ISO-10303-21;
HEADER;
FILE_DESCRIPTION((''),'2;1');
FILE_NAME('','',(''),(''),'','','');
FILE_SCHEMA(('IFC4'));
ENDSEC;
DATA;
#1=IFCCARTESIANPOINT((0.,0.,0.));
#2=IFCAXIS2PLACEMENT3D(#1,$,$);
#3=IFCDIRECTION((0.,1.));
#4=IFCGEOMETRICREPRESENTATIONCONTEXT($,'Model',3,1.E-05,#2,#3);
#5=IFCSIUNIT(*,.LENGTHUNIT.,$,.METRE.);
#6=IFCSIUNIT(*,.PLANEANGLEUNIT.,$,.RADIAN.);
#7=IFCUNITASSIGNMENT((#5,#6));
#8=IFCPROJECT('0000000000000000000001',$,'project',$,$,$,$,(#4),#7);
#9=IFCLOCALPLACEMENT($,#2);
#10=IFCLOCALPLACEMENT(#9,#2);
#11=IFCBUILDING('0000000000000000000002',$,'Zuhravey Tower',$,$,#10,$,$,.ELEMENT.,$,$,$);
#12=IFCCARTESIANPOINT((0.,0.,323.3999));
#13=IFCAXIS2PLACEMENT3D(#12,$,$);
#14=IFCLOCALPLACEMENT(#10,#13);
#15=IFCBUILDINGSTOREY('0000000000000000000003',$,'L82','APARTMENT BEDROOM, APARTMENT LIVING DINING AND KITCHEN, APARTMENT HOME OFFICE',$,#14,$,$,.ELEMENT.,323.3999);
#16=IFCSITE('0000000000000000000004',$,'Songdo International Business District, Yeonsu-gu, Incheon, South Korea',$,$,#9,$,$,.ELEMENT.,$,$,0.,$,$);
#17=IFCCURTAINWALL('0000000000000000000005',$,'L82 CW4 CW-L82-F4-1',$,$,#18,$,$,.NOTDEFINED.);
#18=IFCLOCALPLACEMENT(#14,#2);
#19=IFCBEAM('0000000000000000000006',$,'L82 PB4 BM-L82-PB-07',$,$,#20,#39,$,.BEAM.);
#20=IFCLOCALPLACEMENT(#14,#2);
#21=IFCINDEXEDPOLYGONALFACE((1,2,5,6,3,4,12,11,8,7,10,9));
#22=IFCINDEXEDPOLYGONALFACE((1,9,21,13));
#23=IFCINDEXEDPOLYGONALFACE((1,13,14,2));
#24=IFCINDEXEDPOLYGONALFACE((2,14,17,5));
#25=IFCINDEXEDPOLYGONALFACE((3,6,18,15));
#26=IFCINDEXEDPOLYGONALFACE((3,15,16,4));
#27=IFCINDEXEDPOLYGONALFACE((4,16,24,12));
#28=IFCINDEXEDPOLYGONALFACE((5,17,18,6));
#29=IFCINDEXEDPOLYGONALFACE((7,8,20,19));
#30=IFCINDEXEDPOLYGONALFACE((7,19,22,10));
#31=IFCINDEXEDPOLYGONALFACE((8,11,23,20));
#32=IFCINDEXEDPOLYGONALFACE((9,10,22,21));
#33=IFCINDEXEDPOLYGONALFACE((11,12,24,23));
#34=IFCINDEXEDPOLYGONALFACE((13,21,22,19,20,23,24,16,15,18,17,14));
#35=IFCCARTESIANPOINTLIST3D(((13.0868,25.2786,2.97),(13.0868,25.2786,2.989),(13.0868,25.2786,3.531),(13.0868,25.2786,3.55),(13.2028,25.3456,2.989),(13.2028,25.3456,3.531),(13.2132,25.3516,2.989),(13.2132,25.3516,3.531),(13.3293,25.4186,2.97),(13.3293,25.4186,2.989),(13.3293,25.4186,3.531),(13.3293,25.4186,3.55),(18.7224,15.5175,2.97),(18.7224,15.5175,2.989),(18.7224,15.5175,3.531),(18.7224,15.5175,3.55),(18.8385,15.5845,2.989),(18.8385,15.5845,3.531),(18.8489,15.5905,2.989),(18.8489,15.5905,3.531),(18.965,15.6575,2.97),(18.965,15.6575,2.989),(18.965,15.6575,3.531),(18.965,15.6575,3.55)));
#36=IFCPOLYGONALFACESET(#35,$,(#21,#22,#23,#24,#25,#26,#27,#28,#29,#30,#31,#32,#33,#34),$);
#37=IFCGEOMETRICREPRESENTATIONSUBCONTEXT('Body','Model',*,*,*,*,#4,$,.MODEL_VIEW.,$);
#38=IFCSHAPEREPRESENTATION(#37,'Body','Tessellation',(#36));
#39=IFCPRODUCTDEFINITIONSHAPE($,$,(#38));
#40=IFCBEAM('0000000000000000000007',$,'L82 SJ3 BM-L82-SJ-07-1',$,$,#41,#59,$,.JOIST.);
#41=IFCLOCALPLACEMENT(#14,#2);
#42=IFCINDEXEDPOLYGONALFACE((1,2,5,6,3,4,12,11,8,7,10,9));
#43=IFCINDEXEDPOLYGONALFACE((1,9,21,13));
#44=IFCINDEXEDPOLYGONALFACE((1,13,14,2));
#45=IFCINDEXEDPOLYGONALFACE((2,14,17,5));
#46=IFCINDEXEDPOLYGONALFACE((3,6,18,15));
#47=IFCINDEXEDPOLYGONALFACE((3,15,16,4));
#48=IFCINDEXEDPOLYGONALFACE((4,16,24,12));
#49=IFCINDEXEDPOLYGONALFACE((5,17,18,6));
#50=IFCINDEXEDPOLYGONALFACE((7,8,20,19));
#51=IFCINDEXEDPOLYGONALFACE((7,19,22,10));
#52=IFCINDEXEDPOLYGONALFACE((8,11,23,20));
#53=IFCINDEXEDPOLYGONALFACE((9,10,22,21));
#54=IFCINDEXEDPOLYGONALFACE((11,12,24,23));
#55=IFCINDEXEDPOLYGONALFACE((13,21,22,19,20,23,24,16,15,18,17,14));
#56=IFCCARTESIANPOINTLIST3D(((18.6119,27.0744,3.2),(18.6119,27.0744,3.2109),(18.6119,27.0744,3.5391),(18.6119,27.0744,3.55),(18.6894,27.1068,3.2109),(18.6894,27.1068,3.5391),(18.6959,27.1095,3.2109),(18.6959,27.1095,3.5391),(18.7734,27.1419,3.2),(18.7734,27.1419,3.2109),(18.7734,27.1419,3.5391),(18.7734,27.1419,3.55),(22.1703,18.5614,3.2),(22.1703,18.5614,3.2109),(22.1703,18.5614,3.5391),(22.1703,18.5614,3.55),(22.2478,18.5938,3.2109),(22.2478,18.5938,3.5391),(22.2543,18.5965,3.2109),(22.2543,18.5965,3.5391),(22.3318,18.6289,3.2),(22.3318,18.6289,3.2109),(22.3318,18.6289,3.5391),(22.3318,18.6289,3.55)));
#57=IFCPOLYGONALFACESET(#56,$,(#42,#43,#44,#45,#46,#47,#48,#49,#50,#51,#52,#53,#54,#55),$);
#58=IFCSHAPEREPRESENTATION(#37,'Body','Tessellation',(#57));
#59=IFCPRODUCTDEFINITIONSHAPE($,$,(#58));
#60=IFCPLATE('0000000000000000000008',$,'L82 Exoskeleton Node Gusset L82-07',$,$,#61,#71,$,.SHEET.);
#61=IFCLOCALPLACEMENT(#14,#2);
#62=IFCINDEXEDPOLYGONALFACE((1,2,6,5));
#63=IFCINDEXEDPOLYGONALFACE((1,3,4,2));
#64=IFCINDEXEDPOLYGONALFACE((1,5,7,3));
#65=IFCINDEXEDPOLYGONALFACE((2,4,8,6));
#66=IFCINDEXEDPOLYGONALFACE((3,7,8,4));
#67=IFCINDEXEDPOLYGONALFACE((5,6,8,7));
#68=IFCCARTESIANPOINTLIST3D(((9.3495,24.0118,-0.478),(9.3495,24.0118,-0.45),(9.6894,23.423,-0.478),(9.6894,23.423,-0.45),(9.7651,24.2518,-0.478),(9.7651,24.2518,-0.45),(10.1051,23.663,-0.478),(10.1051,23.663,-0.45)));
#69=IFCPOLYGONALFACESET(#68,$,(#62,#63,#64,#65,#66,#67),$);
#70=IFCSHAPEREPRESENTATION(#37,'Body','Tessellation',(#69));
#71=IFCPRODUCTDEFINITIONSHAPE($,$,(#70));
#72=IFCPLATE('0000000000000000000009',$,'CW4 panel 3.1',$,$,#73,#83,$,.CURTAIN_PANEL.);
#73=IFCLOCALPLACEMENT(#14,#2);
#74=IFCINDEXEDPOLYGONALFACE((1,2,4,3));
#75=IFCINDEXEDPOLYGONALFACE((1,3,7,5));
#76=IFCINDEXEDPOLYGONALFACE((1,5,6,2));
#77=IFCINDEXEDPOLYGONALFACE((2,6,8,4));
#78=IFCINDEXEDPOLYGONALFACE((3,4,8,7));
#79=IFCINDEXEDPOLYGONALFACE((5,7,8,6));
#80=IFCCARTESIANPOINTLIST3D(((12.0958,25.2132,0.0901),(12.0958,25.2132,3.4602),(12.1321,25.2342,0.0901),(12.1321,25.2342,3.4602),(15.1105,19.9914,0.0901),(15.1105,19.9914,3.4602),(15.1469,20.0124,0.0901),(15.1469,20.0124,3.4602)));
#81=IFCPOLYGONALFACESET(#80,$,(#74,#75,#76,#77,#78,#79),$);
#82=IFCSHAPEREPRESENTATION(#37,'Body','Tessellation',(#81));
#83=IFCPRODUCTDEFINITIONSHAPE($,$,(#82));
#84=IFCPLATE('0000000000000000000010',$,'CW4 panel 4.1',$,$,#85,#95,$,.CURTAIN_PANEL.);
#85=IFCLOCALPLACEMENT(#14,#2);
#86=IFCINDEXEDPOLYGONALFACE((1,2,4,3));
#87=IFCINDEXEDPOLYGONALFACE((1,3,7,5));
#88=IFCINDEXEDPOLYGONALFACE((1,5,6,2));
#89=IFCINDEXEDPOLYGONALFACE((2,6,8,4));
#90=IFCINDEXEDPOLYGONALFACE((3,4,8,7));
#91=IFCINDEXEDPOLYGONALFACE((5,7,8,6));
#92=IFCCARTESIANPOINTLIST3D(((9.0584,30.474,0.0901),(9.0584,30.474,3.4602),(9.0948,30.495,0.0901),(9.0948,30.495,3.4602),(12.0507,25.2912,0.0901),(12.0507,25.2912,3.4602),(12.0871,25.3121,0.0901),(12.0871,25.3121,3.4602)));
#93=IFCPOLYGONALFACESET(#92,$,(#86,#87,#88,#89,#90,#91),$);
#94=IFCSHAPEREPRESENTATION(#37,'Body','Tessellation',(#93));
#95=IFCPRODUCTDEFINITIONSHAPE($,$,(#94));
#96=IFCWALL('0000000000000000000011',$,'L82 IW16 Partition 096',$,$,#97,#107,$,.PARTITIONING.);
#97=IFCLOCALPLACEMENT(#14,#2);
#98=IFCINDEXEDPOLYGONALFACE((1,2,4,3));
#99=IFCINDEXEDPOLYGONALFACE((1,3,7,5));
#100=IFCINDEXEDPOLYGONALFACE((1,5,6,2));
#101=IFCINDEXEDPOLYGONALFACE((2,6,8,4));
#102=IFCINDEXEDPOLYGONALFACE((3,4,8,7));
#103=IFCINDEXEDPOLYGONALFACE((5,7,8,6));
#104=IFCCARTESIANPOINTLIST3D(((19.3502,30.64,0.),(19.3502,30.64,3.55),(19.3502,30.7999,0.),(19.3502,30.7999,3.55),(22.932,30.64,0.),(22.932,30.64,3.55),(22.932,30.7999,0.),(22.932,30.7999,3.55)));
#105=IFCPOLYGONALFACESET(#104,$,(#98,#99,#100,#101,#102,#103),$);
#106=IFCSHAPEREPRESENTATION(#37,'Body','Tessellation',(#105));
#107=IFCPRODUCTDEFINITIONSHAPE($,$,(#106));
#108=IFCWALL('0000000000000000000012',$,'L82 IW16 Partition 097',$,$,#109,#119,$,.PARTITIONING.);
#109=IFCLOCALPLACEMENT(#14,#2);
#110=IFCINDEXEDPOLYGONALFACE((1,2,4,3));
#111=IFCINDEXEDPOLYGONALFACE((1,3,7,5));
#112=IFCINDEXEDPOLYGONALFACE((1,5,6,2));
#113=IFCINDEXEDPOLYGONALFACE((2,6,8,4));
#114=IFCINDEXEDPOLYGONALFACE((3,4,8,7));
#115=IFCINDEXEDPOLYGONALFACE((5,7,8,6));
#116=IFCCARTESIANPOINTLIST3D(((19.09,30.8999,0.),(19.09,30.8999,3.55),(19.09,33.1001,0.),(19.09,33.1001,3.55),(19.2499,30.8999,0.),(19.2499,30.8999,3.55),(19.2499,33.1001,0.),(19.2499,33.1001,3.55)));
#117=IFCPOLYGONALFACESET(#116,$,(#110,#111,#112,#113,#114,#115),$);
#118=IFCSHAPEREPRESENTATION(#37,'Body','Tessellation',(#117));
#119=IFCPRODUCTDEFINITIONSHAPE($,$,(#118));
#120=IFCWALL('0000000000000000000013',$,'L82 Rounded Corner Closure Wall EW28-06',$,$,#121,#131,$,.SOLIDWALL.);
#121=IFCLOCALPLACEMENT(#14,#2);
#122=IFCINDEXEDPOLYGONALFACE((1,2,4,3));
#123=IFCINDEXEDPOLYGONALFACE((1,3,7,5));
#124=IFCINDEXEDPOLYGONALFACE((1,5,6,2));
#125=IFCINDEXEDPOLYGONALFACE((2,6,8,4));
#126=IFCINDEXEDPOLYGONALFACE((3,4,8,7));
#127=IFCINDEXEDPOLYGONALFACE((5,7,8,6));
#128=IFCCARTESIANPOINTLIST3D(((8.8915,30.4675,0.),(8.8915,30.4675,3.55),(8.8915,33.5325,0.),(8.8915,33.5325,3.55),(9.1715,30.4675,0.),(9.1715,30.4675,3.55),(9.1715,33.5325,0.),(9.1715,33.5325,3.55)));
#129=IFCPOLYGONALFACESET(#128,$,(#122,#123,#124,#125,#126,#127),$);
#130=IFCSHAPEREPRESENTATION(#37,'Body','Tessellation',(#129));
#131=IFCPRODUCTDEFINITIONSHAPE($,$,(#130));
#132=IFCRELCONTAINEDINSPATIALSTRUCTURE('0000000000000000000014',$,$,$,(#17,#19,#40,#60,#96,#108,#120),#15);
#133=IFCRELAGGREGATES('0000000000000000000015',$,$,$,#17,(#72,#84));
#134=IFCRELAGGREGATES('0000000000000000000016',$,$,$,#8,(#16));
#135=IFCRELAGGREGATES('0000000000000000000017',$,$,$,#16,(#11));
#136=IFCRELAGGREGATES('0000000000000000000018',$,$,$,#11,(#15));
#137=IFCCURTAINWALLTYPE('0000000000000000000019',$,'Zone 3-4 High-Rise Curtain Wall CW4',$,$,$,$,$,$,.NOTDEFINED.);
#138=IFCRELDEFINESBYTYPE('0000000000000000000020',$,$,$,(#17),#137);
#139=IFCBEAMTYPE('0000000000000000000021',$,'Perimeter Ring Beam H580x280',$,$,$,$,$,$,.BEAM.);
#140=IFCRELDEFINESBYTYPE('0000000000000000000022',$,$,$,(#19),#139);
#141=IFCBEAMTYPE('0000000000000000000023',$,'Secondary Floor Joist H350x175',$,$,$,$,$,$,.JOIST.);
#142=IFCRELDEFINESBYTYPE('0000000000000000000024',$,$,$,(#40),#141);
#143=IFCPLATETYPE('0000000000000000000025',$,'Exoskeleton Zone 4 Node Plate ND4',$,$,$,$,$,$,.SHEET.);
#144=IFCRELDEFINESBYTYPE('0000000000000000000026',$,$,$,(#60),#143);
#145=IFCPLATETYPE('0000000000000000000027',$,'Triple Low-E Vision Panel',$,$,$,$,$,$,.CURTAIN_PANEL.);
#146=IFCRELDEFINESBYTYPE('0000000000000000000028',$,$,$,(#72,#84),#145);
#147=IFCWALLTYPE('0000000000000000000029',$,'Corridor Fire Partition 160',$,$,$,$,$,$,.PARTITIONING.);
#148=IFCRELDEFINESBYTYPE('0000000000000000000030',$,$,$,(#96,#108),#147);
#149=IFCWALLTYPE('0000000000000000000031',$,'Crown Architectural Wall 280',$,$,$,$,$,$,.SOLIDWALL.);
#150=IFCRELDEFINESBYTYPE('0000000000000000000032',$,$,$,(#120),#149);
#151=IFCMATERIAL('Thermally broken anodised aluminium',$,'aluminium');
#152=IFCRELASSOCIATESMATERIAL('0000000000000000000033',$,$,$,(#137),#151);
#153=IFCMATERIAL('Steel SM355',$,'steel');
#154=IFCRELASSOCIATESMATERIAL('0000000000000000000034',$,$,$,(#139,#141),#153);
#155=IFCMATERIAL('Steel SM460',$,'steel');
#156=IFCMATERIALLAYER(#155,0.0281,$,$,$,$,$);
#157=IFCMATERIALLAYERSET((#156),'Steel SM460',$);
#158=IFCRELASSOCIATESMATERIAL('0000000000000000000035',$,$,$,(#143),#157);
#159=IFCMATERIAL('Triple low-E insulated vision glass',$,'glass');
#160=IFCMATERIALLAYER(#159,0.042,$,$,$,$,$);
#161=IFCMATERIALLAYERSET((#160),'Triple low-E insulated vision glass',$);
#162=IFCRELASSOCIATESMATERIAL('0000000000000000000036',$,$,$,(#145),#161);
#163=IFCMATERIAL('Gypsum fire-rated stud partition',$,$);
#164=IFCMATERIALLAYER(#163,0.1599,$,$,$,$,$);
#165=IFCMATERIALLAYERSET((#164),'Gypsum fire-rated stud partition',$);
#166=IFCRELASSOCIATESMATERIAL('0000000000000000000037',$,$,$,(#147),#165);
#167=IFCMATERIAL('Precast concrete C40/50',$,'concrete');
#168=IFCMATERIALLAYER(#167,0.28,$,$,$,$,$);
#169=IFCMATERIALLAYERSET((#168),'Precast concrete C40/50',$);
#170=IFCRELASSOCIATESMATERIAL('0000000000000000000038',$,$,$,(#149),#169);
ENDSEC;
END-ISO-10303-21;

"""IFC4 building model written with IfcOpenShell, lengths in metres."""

from ifc_helpers import new_model, si_unit, direction, frame, frame_2d, origin, origin_2d, place, context, subcontext, project, spatial, rectangle, i_section, extrude, material, layer, layer_set, material_profile, profile_set, type_object, element, aggregate, save


model = new_model("IFC4")

# Units and contexts
model_context = context("Model", 3, precision=1e-05, world=origin(), true_north=direction((0.0, 1.0)))
body_context = subcontext(model_context, "Body", "Model", "MODEL_VIEW")
ifc_project = project(units=[si_unit("LENGTHUNIT", "METRE"), si_unit("PLANEANGLEUNIT", "RADIAN")], contexts=[model_context])

# Site, building, storey
site_placement = place(None, origin())
site = spatial("IfcSite", under=ifc_project, at=site_placement, Name="Songdo International Business District, Yeonsu-gu, Incheon, South Korea", CompositionType="ELEMENT", RefElevation=0.0)
building_placement = place(site_placement, origin())
building = spatial("IfcBuilding", under=site, at=building_placement, Name="Zuhravey Tower", CompositionType="ELEMENT")
storey_placement = place(building_placement, frame((0.0, 0.0, 323.3999)))
storey = spatial("IfcBuildingStorey", under=building, at=storey_placement, Name="L82", Description="APARTMENT BEDROOM, APARTMENT LIVING DINING AND KITCHEN, APARTMENT HOME OFFICE", CompositionType="ELEMENT", Elevation=323.3999)

# Curtain wall
ifc_material_1 = material(Name="Thermally broken anodised aluminium", Category="aluminium")
curtain_wall_type = type_object("IfcCurtainWallType", Name="Zone 3-4 High-Rise Curtain Wall CW4", PredefinedType="NOTDEFINED", material=ifc_material_1)
curtain_wall_placement = place(storey_placement, origin())
curtain_wall = element("IfcCurtainWall", 1, at=curtain_wall_placement, inside=storey, type_object=curtain_wall_type, Name="L82 CW4 CW-L82-F4-1", PredefinedType="NOTDEFINED")

# Shared definitions
ifc_material_2 = material(Name="Steel SM355", Category="steel")

# Beams
ifc_material_profile_1 = material_profile(ifc_material_2, i_section(OverallWidth=0.28, OverallDepth=0.5801, WebThickness=0.012, FlangeThickness=0.019, at=origin_2d()), Name="H-580x280x12x19")
ifc_profile_set_1 = profile_set([ifc_material_profile_1], Name="Steel SM355")
beam_type_1 = type_object("IfcBeamType", Name="Perimeter Ring Beam H580x280", PredefinedType="BEAM", material=ifc_profile_set_1)
beam_1_placement = place(storey_placement, frame((13.208, 25.3486, 3.26), z_axis=(0.500006, -0.866022, 0.0), x_axis=(0.866022, 0.500006, 0.0)))
element("IfcBeam", 2, at=beam_1_placement, inside=storey, type_object=beam_type_1, Name="L82 PB4 BM-L82-PB-07", PredefinedType="BEAM", context=body_context, shape_type="SweptSolid", body=[
    extrude(i_section(OverallWidth=0.28, OverallDepth=0.5801, WebThickness=0.012, FlangeThickness=0.019, at=origin_2d()), origin(), (0.0, 0.0, 1.0), 11.2712),
])
ifc_material_profile_2 = material_profile(ifc_material_2, i_section(OverallWidth=0.175, OverallDepth=0.3501, WebThickness=0.0071, FlangeThickness=0.011, at=origin_2d()), Name="H-350x175x7x11")
ifc_profile_set_2 = profile_set([ifc_material_profile_2], Name="Steel SM355")
beam_type_2 = type_object("IfcBeamType", Name="Secondary Floor Joist H350x175", PredefinedType="JOIST", material=ifc_profile_set_2)
beam_2_placement = place(storey_placement, frame((18.6926, 27.1082, 3.375), z_axis=(0.385658, -0.922642, 0.0), x_axis=(0.922642, 0.385658, 0.0)))
element("IfcBeam", 3, at=beam_2_placement, inside=storey, type_object=beam_type_2, Name="L82 SJ3 BM-L82-SJ-07-1", PredefinedType="JOIST", context=body_context, shape_type="SweptSolid", body=[
    extrude(i_section(OverallWidth=0.175, OverallDepth=0.3501, WebThickness=0.0071, FlangeThickness=0.011, at=origin_2d()), origin(), (0.0, 0.0, 1.0), 9.2268),
])

# Plates
ifc_material_3 = material(Name="Steel SM460", Category="steel")
ifc_layer_1 = layer(ifc_material_3, 0.0281)
ifc_layer_set_1 = layer_set([ifc_layer_1], Name="Steel SM460")
plate_type_1 = type_object("IfcPlateType", Name="Exoskeleton Zone 4 Node Plate ND4", PredefinedType="SHEET", material=ifc_layer_set_1)
plate_1_placement = place(storey_placement, frame((9.7273, 23.8374, -0.478), z_axis=(0.0, 0.0, 1.0), x_axis=(0.5, -0.866025, 0.0)))
element("IfcPlate", 4, at=plate_1_placement, inside=storey, type_object=plate_type_1, Name="L82 Exoskeleton Node Gusset L82-07", PredefinedType="SHEET", context=body_context, shape_type="SweptSolid", body=[
    extrude(rectangle(XDim=0.6799, YDim=0.48, at=origin_2d()), origin(), (0.0, 0.0, 1.0), 0.0281),
])
ifc_material_4 = material(Name="Triple low-E insulated vision glass", Category="glass")
ifc_layer_2 = layer(ifc_material_4, 0.042)
ifc_layer_set_2 = layer_set([ifc_layer_2], Name="Triple low-E insulated vision glass")
plate_type_2 = type_object("IfcPlateType", Name="Triple Low-E Vision Panel", PredefinedType="CURTAIN_PANEL", material=ifc_layer_set_2)
plate_2_placement = place(storey_placement, frame((13.6213, 22.6128, 0.0901), z_axis=(0.0, 0.0, 1.0), x_axis=(-0.5, 0.866026, 0.0)))
plate_2 = element("IfcPlate", 5, at=plate_2_placement, type_object=plate_type_2, Name="CW4 panel 3.1", PredefinedType="CURTAIN_PANEL", context=body_context, shape_type="SweptSolid", body=[
    extrude(rectangle(XDim=6.0295, YDim=0.042, at=origin_2d()), origin(), (0.0, 0.0, 1.0), 3.3701),
])
plate_3_placement = place(storey_placement, frame((10.5728, 27.8931, 0.0901), z_axis=(0.0, 0.0, 1.0), x_axis=(-0.5, 0.866026, 0.0)))
plate_3 = element("IfcPlate", 6, at=plate_3_placement, type_object=plate_type_2, Name="CW4 panel 4.1", PredefinedType="CURTAIN_PANEL", context=body_context, shape_type="SweptSolid", body=[
    extrude(rectangle(XDim=5.9846, YDim=0.042, at=origin_2d()), origin(), (0.0, 0.0, 1.0), 3.3701),
])
aggregate(curtain_wall, [plate_2, plate_3])

# Walls
ifc_material_5 = material(Name="Gypsum fire-rated stud partition")
ifc_layer_3 = layer(ifc_material_5, 0.1599)
ifc_layer_set_3 = layer_set([ifc_layer_3], Name="Gypsum fire-rated stud partition")
wall_type_1 = type_object("IfcWallType", Name="Corridor Fire Partition 160", PredefinedType="PARTITIONING", material=ifc_layer_set_3)
wall_1_placement = place(storey_placement, frame((19.3501, 30.72, 0.0), z_axis=(0.0, 0.0, 1.0), x_axis=(1.0, 0.0, 0.0)))
element("IfcWall", 7, at=wall_1_placement, inside=storey, type_object=wall_type_1, Name="L82 IW16 Partition 096", PredefinedType="PARTITIONING", context=body_context, shape_type="SweptSolid", body=[
    extrude(rectangle(XDim=3.5818, YDim=0.1599, at=frame_2d((1.791, 0.0))), origin(), (0.0, 0.0, 1.0), 3.55),
])
wall_2_placement = place(storey_placement, frame((19.1699, 33.1001, 0.0), z_axis=(0.0, 0.0, 1.0), x_axis=(0.0, -1.0, 0.0)))
element("IfcWall", 8, at=wall_2_placement, inside=storey, type_object=wall_type_1, Name="L82 IW16 Partition 097", PredefinedType="PARTITIONING", context=body_context, shape_type="SweptSolid", body=[
    extrude(rectangle(XDim=2.2002, YDim=0.1599, at=frame_2d((1.1001, 0.0))), origin(), (0.0, 0.0, 1.0), 3.55),
])
ifc_material_6 = material(Name="Precast concrete C40/50", Category="concrete")
ifc_layer_4 = layer(ifc_material_6, 0.28)
ifc_layer_set_4 = layer_set([ifc_layer_4], Name="Precast concrete C40/50")
wall_type_2 = type_object("IfcWallType", Name="Crown Architectural Wall 280", PredefinedType="SOLIDWALL", material=ifc_layer_set_4)
wall_3_placement = place(storey_placement, frame((9.0315, 30.4675, 0.0), z_axis=(0.0, 0.0, 1.0), x_axis=(0.0, 1.0, 0.0)))
element("IfcWall", 9, at=wall_3_placement, inside=storey, type_object=wall_type_2, Name="L82 Rounded Corner Closure Wall EW28-06", PredefinedType="SOLIDWALL", context=body_context, shape_type="SweptSolid", body=[
    extrude(rectangle(XDim=3.0649, YDim=0.28, at=frame_2d((1.5325, 0.0))), origin(), (0.0, 0.0, 1.0), 3.55),
])

save(model, "model.ifc")
